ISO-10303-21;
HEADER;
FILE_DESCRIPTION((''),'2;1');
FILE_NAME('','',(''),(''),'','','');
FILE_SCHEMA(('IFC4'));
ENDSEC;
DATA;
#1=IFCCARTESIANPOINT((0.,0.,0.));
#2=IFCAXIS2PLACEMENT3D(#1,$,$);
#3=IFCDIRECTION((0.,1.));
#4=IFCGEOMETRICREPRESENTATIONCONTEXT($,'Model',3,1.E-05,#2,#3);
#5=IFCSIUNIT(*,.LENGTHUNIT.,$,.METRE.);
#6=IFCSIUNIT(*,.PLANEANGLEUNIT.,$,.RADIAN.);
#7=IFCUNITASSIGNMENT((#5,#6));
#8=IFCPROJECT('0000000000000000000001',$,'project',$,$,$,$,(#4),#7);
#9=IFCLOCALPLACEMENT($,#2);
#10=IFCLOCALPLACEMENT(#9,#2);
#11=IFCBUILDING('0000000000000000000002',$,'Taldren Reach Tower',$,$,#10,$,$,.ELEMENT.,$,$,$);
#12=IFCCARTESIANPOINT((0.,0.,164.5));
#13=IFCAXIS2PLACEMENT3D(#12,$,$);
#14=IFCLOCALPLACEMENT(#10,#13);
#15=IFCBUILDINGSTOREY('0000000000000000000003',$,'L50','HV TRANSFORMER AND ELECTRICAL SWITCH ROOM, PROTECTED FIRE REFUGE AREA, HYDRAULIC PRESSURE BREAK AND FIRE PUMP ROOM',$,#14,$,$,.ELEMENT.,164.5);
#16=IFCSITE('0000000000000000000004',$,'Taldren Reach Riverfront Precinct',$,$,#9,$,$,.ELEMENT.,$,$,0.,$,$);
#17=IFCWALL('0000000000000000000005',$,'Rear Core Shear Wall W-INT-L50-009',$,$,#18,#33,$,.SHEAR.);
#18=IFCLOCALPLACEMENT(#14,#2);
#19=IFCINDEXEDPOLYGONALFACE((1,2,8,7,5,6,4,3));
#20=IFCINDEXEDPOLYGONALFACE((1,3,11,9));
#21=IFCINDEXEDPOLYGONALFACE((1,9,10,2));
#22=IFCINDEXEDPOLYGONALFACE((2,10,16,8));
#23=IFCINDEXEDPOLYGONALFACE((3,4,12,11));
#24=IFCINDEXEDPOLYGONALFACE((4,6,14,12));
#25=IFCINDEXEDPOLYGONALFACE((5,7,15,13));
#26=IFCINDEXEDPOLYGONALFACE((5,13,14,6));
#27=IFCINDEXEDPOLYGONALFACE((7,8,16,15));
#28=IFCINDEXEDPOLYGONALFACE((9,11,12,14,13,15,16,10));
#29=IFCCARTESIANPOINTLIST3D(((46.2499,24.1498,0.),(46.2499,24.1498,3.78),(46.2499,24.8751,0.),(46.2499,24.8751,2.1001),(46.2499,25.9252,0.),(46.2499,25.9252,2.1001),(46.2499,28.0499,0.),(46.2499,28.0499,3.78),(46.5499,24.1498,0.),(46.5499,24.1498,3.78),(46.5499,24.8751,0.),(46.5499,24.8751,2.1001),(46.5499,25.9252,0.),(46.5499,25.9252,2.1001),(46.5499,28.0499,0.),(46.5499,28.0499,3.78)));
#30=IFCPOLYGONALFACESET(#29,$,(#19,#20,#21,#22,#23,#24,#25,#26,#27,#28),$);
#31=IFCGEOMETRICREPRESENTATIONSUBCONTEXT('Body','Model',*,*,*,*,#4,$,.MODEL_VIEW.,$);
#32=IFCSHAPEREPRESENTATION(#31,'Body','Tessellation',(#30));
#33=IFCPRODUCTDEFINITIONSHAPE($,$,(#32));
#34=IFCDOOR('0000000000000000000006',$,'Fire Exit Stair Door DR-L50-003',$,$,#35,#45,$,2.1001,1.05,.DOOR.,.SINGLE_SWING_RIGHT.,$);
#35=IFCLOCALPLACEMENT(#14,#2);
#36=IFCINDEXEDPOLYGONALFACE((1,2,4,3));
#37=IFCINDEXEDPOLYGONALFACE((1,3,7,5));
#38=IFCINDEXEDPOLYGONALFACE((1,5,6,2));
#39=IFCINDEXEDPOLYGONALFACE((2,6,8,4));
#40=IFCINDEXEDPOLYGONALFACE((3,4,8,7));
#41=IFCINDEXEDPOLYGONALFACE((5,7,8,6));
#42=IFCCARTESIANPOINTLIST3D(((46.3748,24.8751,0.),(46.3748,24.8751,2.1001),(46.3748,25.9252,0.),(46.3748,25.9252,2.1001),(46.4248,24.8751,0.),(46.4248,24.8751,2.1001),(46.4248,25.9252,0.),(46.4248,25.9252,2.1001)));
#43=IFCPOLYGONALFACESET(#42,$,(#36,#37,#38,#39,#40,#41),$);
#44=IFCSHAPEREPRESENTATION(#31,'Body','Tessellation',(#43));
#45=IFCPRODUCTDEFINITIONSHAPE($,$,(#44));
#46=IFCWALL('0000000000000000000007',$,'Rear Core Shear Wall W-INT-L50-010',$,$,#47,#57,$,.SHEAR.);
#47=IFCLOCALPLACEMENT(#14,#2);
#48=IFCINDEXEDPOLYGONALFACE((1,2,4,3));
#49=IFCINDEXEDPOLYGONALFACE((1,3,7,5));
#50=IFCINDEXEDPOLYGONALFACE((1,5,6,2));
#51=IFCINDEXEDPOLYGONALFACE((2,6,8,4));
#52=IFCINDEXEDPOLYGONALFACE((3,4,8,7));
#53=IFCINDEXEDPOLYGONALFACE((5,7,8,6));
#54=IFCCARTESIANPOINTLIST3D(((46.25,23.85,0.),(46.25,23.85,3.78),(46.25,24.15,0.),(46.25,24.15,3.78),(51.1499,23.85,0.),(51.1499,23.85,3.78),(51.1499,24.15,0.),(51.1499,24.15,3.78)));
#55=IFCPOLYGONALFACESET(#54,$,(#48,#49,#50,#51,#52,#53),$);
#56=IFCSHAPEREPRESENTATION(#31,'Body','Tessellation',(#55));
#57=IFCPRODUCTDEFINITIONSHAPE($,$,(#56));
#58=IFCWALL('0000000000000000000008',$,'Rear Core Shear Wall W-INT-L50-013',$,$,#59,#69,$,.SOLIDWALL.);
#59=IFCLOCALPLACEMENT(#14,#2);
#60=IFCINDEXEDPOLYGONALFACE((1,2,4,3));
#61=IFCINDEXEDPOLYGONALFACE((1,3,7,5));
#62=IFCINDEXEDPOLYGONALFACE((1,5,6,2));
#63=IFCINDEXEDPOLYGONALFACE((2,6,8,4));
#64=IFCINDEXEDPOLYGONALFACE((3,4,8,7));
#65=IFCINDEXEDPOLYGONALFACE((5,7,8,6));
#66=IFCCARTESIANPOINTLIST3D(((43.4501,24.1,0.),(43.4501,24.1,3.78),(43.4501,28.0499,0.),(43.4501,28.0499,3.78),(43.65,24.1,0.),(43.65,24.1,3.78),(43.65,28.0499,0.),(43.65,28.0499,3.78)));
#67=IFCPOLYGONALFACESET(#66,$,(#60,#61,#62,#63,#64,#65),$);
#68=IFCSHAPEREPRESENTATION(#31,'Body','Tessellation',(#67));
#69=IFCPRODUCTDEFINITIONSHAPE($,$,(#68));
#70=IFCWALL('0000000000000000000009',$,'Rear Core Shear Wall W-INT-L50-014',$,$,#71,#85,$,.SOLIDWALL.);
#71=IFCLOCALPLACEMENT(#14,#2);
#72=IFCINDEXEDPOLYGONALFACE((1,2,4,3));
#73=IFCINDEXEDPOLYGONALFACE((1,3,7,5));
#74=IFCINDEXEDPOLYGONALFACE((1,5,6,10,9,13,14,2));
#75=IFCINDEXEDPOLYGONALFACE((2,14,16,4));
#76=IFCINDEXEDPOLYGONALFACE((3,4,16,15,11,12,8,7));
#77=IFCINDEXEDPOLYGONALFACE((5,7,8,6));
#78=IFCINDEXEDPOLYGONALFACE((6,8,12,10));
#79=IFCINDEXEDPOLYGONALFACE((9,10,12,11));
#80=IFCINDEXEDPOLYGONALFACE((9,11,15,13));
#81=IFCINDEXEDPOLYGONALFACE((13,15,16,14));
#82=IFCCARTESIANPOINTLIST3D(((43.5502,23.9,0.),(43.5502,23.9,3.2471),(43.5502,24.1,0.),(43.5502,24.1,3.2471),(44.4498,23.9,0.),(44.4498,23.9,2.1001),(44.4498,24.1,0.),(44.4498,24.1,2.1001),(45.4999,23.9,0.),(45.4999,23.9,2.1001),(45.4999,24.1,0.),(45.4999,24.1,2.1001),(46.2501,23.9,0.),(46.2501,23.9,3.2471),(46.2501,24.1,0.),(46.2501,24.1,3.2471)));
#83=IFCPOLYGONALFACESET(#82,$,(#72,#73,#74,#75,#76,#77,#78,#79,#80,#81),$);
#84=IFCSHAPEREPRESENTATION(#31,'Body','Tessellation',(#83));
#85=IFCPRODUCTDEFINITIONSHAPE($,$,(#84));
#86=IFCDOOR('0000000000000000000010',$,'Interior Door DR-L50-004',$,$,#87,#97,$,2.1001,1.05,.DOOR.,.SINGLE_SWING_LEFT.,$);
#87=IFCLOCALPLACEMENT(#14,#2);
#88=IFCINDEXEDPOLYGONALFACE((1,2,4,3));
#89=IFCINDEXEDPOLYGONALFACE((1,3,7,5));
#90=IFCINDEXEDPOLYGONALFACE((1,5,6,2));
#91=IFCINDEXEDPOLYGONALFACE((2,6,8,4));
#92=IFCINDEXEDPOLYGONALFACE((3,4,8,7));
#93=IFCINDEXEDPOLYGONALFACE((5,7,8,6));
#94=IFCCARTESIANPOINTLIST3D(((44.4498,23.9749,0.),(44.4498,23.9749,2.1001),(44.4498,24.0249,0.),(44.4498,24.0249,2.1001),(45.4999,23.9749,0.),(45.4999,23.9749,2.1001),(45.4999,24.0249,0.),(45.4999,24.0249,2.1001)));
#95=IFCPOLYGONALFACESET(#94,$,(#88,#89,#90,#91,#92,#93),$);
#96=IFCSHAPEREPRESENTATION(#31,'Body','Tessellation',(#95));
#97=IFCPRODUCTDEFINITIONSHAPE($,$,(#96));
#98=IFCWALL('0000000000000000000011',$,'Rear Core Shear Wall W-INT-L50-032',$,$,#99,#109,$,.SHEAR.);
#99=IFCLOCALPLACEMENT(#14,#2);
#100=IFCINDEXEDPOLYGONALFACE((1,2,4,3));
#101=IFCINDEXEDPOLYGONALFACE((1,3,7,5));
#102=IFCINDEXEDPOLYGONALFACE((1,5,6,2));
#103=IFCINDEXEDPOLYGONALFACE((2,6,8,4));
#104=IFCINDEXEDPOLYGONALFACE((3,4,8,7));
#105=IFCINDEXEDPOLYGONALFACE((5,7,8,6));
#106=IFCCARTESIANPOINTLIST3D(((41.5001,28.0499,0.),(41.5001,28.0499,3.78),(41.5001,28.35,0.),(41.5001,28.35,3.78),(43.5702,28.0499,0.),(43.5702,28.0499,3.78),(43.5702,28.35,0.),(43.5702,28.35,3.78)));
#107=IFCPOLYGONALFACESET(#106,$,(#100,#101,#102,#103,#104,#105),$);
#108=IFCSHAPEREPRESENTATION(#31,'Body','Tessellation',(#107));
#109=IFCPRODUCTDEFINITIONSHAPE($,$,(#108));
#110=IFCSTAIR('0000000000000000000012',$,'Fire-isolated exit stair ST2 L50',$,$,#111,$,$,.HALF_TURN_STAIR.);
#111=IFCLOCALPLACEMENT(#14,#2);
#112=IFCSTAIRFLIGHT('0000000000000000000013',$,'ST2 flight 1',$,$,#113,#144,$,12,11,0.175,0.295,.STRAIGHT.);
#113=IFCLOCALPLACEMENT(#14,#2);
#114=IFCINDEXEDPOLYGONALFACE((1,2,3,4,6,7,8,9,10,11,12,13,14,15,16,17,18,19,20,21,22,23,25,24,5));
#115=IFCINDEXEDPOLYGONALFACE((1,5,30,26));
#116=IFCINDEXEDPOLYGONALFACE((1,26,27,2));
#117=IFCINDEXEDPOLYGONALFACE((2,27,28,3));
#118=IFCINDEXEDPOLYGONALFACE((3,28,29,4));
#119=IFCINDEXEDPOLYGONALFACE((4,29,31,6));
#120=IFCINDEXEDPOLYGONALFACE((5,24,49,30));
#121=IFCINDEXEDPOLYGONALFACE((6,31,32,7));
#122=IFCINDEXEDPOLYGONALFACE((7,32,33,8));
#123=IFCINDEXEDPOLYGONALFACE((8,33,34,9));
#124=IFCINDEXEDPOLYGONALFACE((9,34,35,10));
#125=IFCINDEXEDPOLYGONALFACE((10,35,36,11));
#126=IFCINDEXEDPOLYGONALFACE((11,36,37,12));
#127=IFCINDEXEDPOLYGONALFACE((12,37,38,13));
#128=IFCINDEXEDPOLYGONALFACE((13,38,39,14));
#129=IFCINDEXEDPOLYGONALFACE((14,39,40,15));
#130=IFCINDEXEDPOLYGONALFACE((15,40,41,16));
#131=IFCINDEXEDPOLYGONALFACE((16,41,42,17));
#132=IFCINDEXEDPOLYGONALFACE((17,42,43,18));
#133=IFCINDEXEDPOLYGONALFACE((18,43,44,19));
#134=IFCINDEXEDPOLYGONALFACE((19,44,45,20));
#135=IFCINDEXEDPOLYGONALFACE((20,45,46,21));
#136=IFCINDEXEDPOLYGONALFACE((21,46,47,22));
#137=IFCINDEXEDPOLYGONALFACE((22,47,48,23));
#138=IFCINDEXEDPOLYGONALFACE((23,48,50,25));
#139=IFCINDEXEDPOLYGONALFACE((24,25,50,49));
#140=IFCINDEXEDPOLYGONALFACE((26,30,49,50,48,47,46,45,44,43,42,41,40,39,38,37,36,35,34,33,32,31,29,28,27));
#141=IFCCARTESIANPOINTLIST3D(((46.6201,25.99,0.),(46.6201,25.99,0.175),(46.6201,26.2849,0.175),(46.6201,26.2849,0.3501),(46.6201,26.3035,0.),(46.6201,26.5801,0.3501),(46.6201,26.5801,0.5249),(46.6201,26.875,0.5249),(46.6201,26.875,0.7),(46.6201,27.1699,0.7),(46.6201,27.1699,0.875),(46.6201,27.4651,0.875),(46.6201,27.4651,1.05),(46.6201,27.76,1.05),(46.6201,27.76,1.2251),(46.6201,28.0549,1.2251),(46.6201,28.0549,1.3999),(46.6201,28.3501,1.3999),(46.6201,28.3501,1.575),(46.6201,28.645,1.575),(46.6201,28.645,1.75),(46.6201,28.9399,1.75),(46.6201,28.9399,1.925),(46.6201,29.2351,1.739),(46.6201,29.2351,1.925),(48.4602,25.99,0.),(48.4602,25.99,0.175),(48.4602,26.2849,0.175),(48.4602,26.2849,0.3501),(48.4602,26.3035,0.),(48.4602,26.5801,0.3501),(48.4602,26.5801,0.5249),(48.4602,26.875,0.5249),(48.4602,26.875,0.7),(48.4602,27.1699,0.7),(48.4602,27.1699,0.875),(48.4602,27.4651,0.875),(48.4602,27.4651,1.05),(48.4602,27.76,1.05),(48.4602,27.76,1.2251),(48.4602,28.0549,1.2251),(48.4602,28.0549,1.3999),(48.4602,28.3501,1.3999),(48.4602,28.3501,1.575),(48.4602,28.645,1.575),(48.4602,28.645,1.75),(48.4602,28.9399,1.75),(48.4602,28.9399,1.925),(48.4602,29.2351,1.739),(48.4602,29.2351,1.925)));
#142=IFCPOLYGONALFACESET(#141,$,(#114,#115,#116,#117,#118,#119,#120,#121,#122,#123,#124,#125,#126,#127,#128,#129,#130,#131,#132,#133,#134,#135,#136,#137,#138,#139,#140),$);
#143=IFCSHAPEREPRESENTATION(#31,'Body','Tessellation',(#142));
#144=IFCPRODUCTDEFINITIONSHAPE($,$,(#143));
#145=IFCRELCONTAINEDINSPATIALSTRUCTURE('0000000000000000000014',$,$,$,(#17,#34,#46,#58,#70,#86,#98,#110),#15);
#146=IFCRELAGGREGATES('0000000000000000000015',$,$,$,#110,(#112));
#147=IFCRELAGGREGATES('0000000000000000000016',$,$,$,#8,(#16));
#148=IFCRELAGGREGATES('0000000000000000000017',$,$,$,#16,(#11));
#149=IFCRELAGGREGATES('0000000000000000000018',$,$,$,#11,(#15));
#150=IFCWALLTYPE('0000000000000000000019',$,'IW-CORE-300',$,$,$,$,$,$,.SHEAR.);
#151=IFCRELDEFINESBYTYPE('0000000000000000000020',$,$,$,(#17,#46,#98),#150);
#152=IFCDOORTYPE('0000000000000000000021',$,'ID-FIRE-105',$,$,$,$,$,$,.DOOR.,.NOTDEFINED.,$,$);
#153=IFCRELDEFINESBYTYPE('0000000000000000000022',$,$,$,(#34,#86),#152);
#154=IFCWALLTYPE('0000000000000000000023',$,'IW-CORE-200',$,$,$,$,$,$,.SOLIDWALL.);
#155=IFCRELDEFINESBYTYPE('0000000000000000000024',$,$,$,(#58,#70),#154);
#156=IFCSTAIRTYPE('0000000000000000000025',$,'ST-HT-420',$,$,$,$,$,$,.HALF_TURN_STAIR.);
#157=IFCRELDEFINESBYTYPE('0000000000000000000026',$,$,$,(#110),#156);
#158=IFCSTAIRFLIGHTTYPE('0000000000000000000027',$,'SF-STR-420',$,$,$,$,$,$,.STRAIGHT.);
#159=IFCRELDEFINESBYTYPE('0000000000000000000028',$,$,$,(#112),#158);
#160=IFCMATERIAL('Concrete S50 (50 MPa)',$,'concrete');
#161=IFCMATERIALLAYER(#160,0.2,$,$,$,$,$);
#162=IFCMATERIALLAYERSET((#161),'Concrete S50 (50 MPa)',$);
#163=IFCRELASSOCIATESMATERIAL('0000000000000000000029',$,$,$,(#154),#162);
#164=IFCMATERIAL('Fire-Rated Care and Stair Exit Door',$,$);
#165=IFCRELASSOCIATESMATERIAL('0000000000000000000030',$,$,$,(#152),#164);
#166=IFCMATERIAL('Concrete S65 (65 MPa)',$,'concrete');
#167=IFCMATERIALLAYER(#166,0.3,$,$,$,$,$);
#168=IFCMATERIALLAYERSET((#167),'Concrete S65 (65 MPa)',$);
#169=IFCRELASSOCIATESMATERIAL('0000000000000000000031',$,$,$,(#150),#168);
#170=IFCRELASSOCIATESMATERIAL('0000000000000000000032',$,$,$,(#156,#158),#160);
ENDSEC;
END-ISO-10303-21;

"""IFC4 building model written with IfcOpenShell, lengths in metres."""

from ifc_helpers import new_model, si_unit, direction, frame, frame_2d, origin, place, context, subcontext, project, spatial, polyline, rectangle, outline, extrude, source, transform, mapped, material, layer, layer_set, type_object, element, fill, aggregate, save


model = new_model("IFC4")

# Units and contexts
model_context = context("Model", 3, precision=1e-05, world=origin(), true_north=direction((0.0, 1.0)))
body_context = subcontext(model_context, "Body", "Model", "MODEL_VIEW")
ifc_project = project(units=[si_unit("LENGTHUNIT", "METRE"), si_unit("PLANEANGLEUNIT", "RADIAN")], contexts=[model_context])

# Site, building, storey
site_placement = place(None, origin())
site = spatial("IfcSite", under=ifc_project, at=site_placement, Name="Taldren Reach Riverfront Precinct", CompositionType="ELEMENT", RefElevation=0.0)
building_placement = place(site_placement, origin())
building = spatial("IfcBuilding", under=site, at=building_placement, Name="Taldren Reach Tower", CompositionType="ELEMENT")
storey_placement = place(building_placement, frame((0.0, 0.0, 164.5)))
storey = spatial("IfcBuildingStorey", under=building, at=storey_placement, Name="L50", Description="HV TRANSFORMER AND ELECTRICAL SWITCH ROOM, PROTECTED FIRE REFUGE AREA, HYDRAULIC PRESSURE BREAK AND FIRE PUMP ROOM", CompositionType="ELEMENT", Elevation=164.5)

# Shared definitions
ifc_material_1 = material(Name="Concrete S50 (50 MPa)", Category="concrete")
ifc_layer_1 = layer(ifc_material_1, 0.2)
ifc_layer_set_1 = layer_set([ifc_layer_1], Name="Concrete S50 (50 MPa)")
wall_type_1 = type_object("IfcWallType", Name="IW-CORE-200", PredefinedType="SOLIDWALL", material=ifc_layer_set_1)
shared_shape_1 = source(origin(), body_context, "Body", "SweptSolid", [
    extrude(rectangle(XDim=1.05, YDim=2.1001, at=frame_2d((0.5249, 1.05))), frame((0.0, 0.1099, 0.0), z_axis=(0.0, -1.0, 0.0), x_axis=(1.0, 0.0, 0.0)), (0.0, 0.0, 1.0), 0.22),
])
ifc_material_2 = material(Name="Fire-Rated Care and Stair Exit Door")
door_type_1 = type_object("IfcDoorType", Name="ID-FIRE-105", OperationType="NOTDEFINED", PredefinedType="DOOR", material=ifc_material_2)
shared_shape_2 = source(origin(), body_context, "Body", "SweptSolid", [
    extrude(rectangle(XDim=1.05, YDim=2.1001, at=frame_2d((0.5249, 1.05))), frame((0.0, 0.0249, 0.0), z_axis=(0.0, -1.0, 0.0), x_axis=(1.0, 0.0, 0.0)), (0.0, 0.0, 1.0), 0.05),
])

# Shared definitions
ifc_material_3 = material(Name="Concrete S65 (65 MPa)", Category="concrete")
ifc_layer_2 = layer(ifc_material_3, 0.3)
ifc_layer_set_2 = layer_set([ifc_layer_2], Name="Concrete S65 (65 MPa)")
wall_type_2 = type_object("IfcWallType", Name="IW-CORE-300", PredefinedType="SHEAR", material=ifc_layer_set_2)

# Wall, opening, door
shared_shape_3 = source(origin(), body_context, "Body", "SweptSolid", [
    extrude(rectangle(XDim=3.9001, YDim=0.3, at=frame_2d((1.9502, 0.0))), origin(), (0.0, 0.0, 1.0), 3.78),
])
wall_1_placement = place(storey_placement, frame((46.3999, 28.05, 0.0), z_axis=(0.0, 0.0, 1.0), x_axis=(0.0, -1.0, 0.0)))
wall_1 = element("IfcWall", 1, at=wall_1_placement, inside=storey, type_object=wall_type_2, Name="Rear Core Shear Wall W-INT-L50-009", PredefinedType="SHEAR", context=body_context, shape_type="MappedRepresentation", body=[
    mapped(shared_shape_3, transform((0.0, 0.0, 0.0), scale=1.0)),
])
shared_shape_4 = source(origin(), body_context, "Body", "SweptSolid", [
    extrude(rectangle(XDim=1.05, YDim=2.1001, at=frame_2d((0.5249, 1.05))), frame((0.0, 0.1602, 0.0), z_axis=(0.0, -1.0, 0.0), x_axis=(1.0, 0.0, 0.0)), (0.0, 0.0, 1.0), 0.3201),
])
opening_1_placement = place(wall_1_placement, frame((2.125, 0.0, 0.0)))
opening_1 = element("IfcOpeningElement", 2, at=opening_1_placement, cuts=wall_1, PredefinedType="OPENING", context=body_context, shape_type="MappedRepresentation", body=[
    mapped(shared_shape_4, transform((0.0, 0.0, 0.0), scale=1.0)),
])
door_1_placement = place(opening_1_placement, origin())
door_1 = element("IfcDoor", 3, at=door_1_placement, inside=storey, type_object=door_type_1, Name="Fire Exit Stair Door DR-L50-003", OperationType="SINGLE_SWING_RIGHT", OverallHeight=2.1001, OverallWidth=1.05, PredefinedType="DOOR", context=body_context, shape_type="MappedRepresentation", body=[
    mapped(shared_shape_2, transform((0.0, 0.0, 0.0), scale=1.0)),
])
fill(opening_1, door_1)

# Wall
shared_shape_5 = source(origin(), body_context, "Body", "SweptSolid", [
    extrude(rectangle(XDim=4.8999, YDim=0.3, at=frame_2d((2.45, 0.0))), origin(), (0.0, 0.0, 1.0), 3.78),
])
wall_2_placement = place(storey_placement, frame((46.25, 24.0, 0.0), z_axis=(0.0, 0.0, 1.0), x_axis=(1.0, 0.0, 0.0)))
element("IfcWall", 4, at=wall_2_placement, inside=storey, type_object=wall_type_2, Name="Rear Core Shear Wall W-INT-L50-010", PredefinedType="SHEAR", context=body_context, shape_type="MappedRepresentation", body=[
    mapped(shared_shape_5, transform((0.0, 0.0, 0.0), scale=1.0)),
])

# Wall
shared_shape_6 = source(origin(), body_context, "Body", "SweptSolid", [
    extrude(rectangle(XDim=3.95, YDim=0.2, at=frame_2d((1.9751, 0.0))), origin(), (0.0, 0.0, 1.0), 3.78),
])
wall_3_placement = place(storey_placement, frame((43.55, 28.05, 0.0), z_axis=(0.0, 0.0, 1.0), x_axis=(0.0, -1.0, 0.0)))
element("IfcWall", 5, at=wall_3_placement, inside=storey, type_object=wall_type_1, Name="Rear Core Shear Wall W-INT-L50-013", PredefinedType="SOLIDWALL", context=body_context, shape_type="MappedRepresentation", body=[
    mapped(shared_shape_6, transform((0.0, 0.0, 0.0), scale=1.0)),
])

# Wall, opening, door
shared_shape_7 = source(origin(), body_context, "Body", "SweptSolid", [
    extrude(rectangle(XDim=2.7, YDim=0.2, at=frame_2d((1.3501, 0.0))), origin(), (0.0, 0.0, 1.0), 3.2471),
])
wall_4_placement = place(storey_placement, frame((43.55, 24.0, 0.0), z_axis=(0.0, 0.0, 1.0), x_axis=(1.0, 0.0, 0.0)))
wall_4 = element("IfcWall", 6, at=wall_4_placement, inside=storey, type_object=wall_type_1, Name="Rear Core Shear Wall W-INT-L50-014", PredefinedType="SOLIDWALL", context=body_context, shape_type="MappedRepresentation", body=[
    mapped(shared_shape_7, transform((0.0, 0.0, 0.0), scale=1.0)),
])
opening_2_placement = place(wall_4_placement, frame((0.8999, 0.0, 0.0)))
opening_2 = element("IfcOpeningElement", 7, at=opening_2_placement, cuts=wall_4, PredefinedType="OPENING", context=body_context, shape_type="MappedRepresentation", body=[
    mapped(shared_shape_1, transform((0.0, 0.0, 0.0), scale=1.0)),
])
door_2_placement = place(opening_2_placement, origin())
door_2 = element("IfcDoor", 8, at=door_2_placement, inside=storey, type_object=door_type_1, Name="Interior Door DR-L50-004", OperationType="SINGLE_SWING_LEFT", OverallHeight=2.1001, OverallWidth=1.05, PredefinedType="DOOR", context=body_context, shape_type="MappedRepresentation", body=[
    mapped(shared_shape_2, transform((0.0, 0.0, 0.0), scale=1.0)),
])
fill(opening_2, door_2)

# Wall
shared_shape_8 = source(origin(), body_context, "Body", "SweptSolid", [
    extrude(rectangle(XDim=2.0701, YDim=0.3, at=frame_2d((1.0352, 0.0))), origin(), (0.0, 0.0, 1.0), 3.78),
])
wall_5_placement = place(storey_placement, frame((41.5, 28.2, 0.0), z_axis=(0.0, 0.0, 1.0), x_axis=(1.0, 0.0, 0.0)))
element("IfcWall", 9, at=wall_5_placement, inside=storey, type_object=wall_type_2, Name="Rear Core Shear Wall W-INT-L50-032", PredefinedType="SHEAR", context=body_context, shape_type="MappedRepresentation", body=[
    mapped(shared_shape_8, transform((0.0, 0.0, 0.0), scale=1.0)),
])

# Stair, stair flight
stair_type = type_object("IfcStairType", Name="ST-HT-420", PredefinedType="HALF_TURN_STAIR", material=ifc_material_1)
stair_placement = place(storey_placement, origin())
stair = element("IfcStair", 10, at=stair_placement, inside=storey, type_object=stair_type, Name="Fire-isolated exit stair ST2 L50", PredefinedType="HALF_TURN_STAIR")
stair_flight_type = type_object("IfcStairFlightType", Name="SF-STR-420", PredefinedType="STRAIGHT", material=ifc_material_1)
stair_flight_placement = place(storey_placement, frame((47.54, 25.99, 0.0), z_axis=(0.0, 0.0, 1.0), x_axis=(0.0, 1.0, 0.0)))
stair_flight = element("IfcStairFlight", 11, at=stair_flight_placement, type_object=stair_flight_type, Name="ST2 flight 1", NumberOfRisers=12, NumberOfTreads=11, PredefinedType="STRAIGHT", RiserHeight=0.175, TreadLength=0.295, context=body_context, shape_type="SweptSolid", body=[
    extrude(outline(polyline([(0.0, 0.0), (0.0, 0.175), (0.2949, 0.175), (0.2949, 0.3501), (0.5901, 0.3501), (0.5901, 0.5249), (0.885, 0.5249), (0.885, 0.7), (1.1799, 0.7), (1.1799, 0.875), (1.4751, 0.875), (1.4751, 1.05), (1.77, 1.05), (1.77, 1.2251), (2.0649, 1.2251), (2.0649, 1.3999), (2.3601, 1.3999), (2.3601, 1.575), (2.655, 1.575), (2.655, 1.75), (2.95, 1.75), (2.95, 1.925), (3.2451, 1.925), (3.2451, 2.1001), (3.2451, 1.739), (0.3135, 0.0), (0.0, 0.0)])), frame((0.0, 0.9199, 0.0), z_axis=(0.0, -1.0, 0.0), x_axis=(1.0, 0.0, 0.0)), (0.0, 0.0, 1.0), 1.8401),
])
aggregate(stair, [stair_flight])

save(model, "model.ifc")
